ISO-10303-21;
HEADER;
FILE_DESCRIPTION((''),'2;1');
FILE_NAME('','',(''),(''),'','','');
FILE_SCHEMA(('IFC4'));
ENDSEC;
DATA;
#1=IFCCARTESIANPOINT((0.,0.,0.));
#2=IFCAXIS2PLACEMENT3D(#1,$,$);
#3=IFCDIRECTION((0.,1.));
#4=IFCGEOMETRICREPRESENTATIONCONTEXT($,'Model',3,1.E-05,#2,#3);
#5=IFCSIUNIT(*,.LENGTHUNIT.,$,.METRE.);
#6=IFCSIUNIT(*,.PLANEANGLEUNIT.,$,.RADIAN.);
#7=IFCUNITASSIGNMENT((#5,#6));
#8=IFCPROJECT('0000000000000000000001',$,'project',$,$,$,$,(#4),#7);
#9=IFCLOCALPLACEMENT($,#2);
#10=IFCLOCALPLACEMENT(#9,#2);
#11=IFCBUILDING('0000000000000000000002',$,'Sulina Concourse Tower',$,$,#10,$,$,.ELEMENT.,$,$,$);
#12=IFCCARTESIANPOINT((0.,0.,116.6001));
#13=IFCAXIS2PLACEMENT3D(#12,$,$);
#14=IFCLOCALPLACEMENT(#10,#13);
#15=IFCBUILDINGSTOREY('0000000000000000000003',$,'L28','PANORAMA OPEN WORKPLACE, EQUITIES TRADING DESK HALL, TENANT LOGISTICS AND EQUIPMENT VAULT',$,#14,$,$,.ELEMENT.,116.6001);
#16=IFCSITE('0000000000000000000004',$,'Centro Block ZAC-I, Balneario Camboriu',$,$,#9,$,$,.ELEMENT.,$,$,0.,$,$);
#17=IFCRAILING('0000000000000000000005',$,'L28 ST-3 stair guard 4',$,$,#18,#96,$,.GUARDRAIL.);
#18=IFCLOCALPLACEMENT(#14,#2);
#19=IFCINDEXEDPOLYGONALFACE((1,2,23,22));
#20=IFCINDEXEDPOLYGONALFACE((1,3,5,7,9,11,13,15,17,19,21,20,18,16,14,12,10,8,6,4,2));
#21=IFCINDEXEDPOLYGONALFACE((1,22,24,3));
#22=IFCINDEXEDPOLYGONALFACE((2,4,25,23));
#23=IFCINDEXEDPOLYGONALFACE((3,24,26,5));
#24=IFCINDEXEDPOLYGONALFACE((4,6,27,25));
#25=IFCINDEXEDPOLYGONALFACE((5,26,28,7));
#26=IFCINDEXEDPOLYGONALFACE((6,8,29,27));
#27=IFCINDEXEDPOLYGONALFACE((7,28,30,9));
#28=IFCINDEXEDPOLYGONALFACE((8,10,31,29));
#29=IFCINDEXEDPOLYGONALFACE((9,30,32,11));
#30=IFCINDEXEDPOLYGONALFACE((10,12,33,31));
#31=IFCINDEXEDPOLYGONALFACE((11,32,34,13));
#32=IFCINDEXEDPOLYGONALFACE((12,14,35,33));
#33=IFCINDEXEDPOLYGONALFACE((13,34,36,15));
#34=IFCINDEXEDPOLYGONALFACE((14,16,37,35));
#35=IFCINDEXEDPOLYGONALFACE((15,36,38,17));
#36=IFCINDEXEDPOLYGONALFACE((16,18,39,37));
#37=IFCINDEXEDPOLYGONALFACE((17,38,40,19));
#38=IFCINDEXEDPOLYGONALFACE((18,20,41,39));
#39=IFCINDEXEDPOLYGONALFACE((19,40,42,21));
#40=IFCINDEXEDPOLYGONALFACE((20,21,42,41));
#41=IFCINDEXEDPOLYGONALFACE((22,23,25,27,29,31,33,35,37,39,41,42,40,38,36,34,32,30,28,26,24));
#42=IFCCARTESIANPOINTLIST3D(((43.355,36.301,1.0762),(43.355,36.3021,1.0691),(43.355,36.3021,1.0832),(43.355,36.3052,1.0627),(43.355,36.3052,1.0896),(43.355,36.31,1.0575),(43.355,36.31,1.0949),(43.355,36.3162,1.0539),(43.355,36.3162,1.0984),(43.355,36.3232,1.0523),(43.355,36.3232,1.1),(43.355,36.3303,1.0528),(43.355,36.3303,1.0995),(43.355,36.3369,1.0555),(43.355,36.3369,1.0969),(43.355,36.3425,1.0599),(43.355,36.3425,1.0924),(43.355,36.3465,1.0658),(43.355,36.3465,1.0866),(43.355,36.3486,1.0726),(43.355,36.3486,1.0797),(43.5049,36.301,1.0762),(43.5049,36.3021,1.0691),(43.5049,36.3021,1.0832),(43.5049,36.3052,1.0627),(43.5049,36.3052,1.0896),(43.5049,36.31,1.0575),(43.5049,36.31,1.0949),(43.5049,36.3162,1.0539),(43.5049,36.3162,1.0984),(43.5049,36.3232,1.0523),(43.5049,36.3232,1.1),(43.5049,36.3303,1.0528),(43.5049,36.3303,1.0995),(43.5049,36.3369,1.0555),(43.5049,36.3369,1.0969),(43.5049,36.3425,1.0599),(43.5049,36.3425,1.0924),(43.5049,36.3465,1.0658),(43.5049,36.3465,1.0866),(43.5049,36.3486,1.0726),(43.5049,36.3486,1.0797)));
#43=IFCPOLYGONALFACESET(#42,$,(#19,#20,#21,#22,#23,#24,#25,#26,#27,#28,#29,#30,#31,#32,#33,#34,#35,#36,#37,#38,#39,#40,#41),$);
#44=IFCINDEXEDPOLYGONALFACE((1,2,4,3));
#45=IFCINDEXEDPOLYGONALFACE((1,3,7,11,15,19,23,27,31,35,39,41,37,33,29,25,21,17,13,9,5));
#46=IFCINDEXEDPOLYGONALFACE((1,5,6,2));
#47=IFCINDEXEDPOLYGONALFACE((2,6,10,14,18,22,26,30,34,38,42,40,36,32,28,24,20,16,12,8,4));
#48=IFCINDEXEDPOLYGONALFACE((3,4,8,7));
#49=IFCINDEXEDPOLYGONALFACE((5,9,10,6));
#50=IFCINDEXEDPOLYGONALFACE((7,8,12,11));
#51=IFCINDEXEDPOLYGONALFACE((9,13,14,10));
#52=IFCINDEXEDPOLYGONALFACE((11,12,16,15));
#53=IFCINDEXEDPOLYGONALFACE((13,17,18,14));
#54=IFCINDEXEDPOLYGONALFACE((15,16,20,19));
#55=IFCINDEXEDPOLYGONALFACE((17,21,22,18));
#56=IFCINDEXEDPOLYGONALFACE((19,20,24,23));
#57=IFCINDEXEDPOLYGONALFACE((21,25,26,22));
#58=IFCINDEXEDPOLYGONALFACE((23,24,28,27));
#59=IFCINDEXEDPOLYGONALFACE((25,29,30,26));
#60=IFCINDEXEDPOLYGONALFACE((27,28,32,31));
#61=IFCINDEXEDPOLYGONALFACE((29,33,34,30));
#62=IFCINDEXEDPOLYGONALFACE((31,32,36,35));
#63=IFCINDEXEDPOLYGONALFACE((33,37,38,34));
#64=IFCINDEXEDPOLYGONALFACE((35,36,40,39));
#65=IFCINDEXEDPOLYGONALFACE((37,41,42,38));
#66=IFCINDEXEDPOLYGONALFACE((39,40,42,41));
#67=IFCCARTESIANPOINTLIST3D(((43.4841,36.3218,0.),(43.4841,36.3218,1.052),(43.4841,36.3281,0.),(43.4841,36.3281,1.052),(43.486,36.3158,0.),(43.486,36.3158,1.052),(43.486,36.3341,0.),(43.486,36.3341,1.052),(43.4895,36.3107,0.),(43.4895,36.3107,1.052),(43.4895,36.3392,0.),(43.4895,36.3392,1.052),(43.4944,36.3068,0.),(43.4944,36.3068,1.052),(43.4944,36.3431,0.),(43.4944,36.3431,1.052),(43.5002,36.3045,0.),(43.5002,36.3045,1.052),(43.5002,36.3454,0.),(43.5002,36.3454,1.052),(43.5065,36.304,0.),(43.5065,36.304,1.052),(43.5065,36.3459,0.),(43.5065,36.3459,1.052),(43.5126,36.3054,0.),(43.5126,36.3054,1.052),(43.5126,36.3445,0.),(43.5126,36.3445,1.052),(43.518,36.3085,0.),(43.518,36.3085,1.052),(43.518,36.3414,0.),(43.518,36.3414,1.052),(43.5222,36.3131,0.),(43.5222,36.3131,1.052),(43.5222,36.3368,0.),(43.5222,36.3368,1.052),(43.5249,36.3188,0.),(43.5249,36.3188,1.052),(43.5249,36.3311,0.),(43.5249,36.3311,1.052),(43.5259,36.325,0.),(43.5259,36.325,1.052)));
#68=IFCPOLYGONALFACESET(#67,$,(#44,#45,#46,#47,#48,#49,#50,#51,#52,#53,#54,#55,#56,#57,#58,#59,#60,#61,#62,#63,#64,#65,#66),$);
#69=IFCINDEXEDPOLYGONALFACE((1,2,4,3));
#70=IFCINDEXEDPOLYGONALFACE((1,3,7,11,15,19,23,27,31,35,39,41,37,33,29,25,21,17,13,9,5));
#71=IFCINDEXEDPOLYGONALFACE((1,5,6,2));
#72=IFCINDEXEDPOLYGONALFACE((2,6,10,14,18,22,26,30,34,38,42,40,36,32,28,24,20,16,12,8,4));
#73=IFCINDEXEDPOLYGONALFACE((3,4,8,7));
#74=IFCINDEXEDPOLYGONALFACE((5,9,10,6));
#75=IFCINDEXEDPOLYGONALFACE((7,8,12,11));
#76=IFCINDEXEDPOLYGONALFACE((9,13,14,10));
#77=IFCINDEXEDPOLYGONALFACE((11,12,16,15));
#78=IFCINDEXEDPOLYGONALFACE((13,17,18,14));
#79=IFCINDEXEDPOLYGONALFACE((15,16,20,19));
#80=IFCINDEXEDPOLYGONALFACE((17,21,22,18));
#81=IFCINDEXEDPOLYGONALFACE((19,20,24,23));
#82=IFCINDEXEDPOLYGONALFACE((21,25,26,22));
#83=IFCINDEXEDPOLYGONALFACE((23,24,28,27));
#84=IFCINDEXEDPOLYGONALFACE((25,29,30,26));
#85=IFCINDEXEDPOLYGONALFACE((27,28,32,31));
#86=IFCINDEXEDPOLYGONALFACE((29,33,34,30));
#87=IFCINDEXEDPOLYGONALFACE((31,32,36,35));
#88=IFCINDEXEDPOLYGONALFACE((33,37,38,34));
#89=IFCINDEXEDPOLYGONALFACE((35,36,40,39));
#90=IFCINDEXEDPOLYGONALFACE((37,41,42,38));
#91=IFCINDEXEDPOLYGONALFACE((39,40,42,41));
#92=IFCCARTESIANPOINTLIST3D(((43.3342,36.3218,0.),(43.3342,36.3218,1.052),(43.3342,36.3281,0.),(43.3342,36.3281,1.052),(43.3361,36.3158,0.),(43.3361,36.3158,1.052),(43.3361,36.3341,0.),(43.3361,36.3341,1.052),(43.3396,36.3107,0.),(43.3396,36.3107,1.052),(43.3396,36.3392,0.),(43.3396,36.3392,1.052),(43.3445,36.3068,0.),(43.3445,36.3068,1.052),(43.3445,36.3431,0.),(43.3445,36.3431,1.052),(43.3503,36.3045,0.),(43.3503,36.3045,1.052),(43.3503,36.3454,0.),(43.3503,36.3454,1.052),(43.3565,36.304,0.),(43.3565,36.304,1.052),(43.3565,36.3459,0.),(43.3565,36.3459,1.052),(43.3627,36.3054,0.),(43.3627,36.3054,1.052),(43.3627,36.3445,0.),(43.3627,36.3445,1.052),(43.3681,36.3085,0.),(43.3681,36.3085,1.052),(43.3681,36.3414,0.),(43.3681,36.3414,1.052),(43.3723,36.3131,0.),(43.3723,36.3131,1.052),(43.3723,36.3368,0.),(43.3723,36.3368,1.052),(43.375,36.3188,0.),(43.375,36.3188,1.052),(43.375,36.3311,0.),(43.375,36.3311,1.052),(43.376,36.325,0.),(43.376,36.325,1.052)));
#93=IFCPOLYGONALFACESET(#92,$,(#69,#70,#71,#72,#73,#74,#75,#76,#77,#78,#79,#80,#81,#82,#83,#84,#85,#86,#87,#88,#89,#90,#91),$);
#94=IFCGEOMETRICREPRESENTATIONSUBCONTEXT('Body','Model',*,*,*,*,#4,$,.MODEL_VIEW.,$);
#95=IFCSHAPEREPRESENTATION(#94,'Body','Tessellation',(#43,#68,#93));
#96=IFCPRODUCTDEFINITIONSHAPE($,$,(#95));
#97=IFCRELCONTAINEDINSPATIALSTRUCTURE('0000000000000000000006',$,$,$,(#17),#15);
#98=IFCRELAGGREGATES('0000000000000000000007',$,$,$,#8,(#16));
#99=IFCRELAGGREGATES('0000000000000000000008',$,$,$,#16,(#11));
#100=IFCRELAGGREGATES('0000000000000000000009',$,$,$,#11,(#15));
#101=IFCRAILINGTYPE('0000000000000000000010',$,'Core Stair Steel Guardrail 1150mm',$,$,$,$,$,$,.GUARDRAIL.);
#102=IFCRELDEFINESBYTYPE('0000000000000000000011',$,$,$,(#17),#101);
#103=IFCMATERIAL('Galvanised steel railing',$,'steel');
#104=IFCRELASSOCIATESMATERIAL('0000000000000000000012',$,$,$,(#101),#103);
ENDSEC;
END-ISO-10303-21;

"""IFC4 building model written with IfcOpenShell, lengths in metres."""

from ifc_helpers import new_model, si_unit, direction, frame, origin, origin_2d, place, context, subcontext, project, spatial, circle, extrude, material, type_object, element, save


model = new_model("IFC4")

# Units and contexts
model_context = context("Model", 3, precision=1e-05, world=origin(), true_north=direction((0.0, 1.0)))
body_context = subcontext(model_context, "Body", "Model", "MODEL_VIEW")
ifc_project = project(units=[si_unit("LENGTHUNIT", "METRE"), si_unit("PLANEANGLEUNIT", "RADIAN")], contexts=[model_context])

# Site, building, storey
site_placement = place(None, origin())
site = spatial("IfcSite", under=ifc_project, at=site_placement, Name="Centro Block ZAC-I, Balneario Camboriu", CompositionType="ELEMENT", RefElevation=0.0)
building_placement = place(site_placement, origin())
building = spatial("IfcBuilding", under=site, at=building_placement, Name="Sulina Concourse Tower", CompositionType="ELEMENT")
storey_placement = place(building_placement, frame((0.0, 0.0, 116.6001)))
storey = spatial("IfcBuildingStorey", under=building, at=storey_placement, Name="L28", Description="PANORAMA OPEN WORKPLACE, EQUITIES TRADING DESK HALL, TENANT LOGISTICS AND EQUIPMENT VAULT", CompositionType="ELEMENT", Elevation=116.6001)

# Railing
ifc_material_1 = material(Name="Galvanised steel railing", Category="steel")
railing_type_1 = type_object("IfcRailingType", Name="Core Stair Steel Guardrail 1150mm", PredefinedType="GUARDRAIL", material=ifc_material_1)
railing_1_placement = place(storey_placement, frame((43.5049, 36.325, 0.0)))
element("IfcRailing", 1, at=railing_1_placement, inside=storey, type_object=railing_type_1, Name="L28 ST-3 stair guard 4", PredefinedType="GUARDRAIL", context=body_context, shape_type="SweptSolid", body=[
    extrude(circle(Radius=0.0239, at=origin_2d()), frame((0.0, 0.0, 1.0762), z_axis=(-1.0, 0.0, 0.0), x_axis=(0.0, -1.0, 0.0)), (0.0, 0.0, 1.0), 0.1499),
    extrude(circle(Radius=0.021, at=origin_2d()), origin(), (0.0, 0.0, 1.0), 1.052),
    extrude(circle(Radius=0.021, at=origin_2d()), frame((-0.1499, 0.0, 0.0)), (0.0, 0.0, 1.0), 1.052),
])

save(model, "model.ifc")
